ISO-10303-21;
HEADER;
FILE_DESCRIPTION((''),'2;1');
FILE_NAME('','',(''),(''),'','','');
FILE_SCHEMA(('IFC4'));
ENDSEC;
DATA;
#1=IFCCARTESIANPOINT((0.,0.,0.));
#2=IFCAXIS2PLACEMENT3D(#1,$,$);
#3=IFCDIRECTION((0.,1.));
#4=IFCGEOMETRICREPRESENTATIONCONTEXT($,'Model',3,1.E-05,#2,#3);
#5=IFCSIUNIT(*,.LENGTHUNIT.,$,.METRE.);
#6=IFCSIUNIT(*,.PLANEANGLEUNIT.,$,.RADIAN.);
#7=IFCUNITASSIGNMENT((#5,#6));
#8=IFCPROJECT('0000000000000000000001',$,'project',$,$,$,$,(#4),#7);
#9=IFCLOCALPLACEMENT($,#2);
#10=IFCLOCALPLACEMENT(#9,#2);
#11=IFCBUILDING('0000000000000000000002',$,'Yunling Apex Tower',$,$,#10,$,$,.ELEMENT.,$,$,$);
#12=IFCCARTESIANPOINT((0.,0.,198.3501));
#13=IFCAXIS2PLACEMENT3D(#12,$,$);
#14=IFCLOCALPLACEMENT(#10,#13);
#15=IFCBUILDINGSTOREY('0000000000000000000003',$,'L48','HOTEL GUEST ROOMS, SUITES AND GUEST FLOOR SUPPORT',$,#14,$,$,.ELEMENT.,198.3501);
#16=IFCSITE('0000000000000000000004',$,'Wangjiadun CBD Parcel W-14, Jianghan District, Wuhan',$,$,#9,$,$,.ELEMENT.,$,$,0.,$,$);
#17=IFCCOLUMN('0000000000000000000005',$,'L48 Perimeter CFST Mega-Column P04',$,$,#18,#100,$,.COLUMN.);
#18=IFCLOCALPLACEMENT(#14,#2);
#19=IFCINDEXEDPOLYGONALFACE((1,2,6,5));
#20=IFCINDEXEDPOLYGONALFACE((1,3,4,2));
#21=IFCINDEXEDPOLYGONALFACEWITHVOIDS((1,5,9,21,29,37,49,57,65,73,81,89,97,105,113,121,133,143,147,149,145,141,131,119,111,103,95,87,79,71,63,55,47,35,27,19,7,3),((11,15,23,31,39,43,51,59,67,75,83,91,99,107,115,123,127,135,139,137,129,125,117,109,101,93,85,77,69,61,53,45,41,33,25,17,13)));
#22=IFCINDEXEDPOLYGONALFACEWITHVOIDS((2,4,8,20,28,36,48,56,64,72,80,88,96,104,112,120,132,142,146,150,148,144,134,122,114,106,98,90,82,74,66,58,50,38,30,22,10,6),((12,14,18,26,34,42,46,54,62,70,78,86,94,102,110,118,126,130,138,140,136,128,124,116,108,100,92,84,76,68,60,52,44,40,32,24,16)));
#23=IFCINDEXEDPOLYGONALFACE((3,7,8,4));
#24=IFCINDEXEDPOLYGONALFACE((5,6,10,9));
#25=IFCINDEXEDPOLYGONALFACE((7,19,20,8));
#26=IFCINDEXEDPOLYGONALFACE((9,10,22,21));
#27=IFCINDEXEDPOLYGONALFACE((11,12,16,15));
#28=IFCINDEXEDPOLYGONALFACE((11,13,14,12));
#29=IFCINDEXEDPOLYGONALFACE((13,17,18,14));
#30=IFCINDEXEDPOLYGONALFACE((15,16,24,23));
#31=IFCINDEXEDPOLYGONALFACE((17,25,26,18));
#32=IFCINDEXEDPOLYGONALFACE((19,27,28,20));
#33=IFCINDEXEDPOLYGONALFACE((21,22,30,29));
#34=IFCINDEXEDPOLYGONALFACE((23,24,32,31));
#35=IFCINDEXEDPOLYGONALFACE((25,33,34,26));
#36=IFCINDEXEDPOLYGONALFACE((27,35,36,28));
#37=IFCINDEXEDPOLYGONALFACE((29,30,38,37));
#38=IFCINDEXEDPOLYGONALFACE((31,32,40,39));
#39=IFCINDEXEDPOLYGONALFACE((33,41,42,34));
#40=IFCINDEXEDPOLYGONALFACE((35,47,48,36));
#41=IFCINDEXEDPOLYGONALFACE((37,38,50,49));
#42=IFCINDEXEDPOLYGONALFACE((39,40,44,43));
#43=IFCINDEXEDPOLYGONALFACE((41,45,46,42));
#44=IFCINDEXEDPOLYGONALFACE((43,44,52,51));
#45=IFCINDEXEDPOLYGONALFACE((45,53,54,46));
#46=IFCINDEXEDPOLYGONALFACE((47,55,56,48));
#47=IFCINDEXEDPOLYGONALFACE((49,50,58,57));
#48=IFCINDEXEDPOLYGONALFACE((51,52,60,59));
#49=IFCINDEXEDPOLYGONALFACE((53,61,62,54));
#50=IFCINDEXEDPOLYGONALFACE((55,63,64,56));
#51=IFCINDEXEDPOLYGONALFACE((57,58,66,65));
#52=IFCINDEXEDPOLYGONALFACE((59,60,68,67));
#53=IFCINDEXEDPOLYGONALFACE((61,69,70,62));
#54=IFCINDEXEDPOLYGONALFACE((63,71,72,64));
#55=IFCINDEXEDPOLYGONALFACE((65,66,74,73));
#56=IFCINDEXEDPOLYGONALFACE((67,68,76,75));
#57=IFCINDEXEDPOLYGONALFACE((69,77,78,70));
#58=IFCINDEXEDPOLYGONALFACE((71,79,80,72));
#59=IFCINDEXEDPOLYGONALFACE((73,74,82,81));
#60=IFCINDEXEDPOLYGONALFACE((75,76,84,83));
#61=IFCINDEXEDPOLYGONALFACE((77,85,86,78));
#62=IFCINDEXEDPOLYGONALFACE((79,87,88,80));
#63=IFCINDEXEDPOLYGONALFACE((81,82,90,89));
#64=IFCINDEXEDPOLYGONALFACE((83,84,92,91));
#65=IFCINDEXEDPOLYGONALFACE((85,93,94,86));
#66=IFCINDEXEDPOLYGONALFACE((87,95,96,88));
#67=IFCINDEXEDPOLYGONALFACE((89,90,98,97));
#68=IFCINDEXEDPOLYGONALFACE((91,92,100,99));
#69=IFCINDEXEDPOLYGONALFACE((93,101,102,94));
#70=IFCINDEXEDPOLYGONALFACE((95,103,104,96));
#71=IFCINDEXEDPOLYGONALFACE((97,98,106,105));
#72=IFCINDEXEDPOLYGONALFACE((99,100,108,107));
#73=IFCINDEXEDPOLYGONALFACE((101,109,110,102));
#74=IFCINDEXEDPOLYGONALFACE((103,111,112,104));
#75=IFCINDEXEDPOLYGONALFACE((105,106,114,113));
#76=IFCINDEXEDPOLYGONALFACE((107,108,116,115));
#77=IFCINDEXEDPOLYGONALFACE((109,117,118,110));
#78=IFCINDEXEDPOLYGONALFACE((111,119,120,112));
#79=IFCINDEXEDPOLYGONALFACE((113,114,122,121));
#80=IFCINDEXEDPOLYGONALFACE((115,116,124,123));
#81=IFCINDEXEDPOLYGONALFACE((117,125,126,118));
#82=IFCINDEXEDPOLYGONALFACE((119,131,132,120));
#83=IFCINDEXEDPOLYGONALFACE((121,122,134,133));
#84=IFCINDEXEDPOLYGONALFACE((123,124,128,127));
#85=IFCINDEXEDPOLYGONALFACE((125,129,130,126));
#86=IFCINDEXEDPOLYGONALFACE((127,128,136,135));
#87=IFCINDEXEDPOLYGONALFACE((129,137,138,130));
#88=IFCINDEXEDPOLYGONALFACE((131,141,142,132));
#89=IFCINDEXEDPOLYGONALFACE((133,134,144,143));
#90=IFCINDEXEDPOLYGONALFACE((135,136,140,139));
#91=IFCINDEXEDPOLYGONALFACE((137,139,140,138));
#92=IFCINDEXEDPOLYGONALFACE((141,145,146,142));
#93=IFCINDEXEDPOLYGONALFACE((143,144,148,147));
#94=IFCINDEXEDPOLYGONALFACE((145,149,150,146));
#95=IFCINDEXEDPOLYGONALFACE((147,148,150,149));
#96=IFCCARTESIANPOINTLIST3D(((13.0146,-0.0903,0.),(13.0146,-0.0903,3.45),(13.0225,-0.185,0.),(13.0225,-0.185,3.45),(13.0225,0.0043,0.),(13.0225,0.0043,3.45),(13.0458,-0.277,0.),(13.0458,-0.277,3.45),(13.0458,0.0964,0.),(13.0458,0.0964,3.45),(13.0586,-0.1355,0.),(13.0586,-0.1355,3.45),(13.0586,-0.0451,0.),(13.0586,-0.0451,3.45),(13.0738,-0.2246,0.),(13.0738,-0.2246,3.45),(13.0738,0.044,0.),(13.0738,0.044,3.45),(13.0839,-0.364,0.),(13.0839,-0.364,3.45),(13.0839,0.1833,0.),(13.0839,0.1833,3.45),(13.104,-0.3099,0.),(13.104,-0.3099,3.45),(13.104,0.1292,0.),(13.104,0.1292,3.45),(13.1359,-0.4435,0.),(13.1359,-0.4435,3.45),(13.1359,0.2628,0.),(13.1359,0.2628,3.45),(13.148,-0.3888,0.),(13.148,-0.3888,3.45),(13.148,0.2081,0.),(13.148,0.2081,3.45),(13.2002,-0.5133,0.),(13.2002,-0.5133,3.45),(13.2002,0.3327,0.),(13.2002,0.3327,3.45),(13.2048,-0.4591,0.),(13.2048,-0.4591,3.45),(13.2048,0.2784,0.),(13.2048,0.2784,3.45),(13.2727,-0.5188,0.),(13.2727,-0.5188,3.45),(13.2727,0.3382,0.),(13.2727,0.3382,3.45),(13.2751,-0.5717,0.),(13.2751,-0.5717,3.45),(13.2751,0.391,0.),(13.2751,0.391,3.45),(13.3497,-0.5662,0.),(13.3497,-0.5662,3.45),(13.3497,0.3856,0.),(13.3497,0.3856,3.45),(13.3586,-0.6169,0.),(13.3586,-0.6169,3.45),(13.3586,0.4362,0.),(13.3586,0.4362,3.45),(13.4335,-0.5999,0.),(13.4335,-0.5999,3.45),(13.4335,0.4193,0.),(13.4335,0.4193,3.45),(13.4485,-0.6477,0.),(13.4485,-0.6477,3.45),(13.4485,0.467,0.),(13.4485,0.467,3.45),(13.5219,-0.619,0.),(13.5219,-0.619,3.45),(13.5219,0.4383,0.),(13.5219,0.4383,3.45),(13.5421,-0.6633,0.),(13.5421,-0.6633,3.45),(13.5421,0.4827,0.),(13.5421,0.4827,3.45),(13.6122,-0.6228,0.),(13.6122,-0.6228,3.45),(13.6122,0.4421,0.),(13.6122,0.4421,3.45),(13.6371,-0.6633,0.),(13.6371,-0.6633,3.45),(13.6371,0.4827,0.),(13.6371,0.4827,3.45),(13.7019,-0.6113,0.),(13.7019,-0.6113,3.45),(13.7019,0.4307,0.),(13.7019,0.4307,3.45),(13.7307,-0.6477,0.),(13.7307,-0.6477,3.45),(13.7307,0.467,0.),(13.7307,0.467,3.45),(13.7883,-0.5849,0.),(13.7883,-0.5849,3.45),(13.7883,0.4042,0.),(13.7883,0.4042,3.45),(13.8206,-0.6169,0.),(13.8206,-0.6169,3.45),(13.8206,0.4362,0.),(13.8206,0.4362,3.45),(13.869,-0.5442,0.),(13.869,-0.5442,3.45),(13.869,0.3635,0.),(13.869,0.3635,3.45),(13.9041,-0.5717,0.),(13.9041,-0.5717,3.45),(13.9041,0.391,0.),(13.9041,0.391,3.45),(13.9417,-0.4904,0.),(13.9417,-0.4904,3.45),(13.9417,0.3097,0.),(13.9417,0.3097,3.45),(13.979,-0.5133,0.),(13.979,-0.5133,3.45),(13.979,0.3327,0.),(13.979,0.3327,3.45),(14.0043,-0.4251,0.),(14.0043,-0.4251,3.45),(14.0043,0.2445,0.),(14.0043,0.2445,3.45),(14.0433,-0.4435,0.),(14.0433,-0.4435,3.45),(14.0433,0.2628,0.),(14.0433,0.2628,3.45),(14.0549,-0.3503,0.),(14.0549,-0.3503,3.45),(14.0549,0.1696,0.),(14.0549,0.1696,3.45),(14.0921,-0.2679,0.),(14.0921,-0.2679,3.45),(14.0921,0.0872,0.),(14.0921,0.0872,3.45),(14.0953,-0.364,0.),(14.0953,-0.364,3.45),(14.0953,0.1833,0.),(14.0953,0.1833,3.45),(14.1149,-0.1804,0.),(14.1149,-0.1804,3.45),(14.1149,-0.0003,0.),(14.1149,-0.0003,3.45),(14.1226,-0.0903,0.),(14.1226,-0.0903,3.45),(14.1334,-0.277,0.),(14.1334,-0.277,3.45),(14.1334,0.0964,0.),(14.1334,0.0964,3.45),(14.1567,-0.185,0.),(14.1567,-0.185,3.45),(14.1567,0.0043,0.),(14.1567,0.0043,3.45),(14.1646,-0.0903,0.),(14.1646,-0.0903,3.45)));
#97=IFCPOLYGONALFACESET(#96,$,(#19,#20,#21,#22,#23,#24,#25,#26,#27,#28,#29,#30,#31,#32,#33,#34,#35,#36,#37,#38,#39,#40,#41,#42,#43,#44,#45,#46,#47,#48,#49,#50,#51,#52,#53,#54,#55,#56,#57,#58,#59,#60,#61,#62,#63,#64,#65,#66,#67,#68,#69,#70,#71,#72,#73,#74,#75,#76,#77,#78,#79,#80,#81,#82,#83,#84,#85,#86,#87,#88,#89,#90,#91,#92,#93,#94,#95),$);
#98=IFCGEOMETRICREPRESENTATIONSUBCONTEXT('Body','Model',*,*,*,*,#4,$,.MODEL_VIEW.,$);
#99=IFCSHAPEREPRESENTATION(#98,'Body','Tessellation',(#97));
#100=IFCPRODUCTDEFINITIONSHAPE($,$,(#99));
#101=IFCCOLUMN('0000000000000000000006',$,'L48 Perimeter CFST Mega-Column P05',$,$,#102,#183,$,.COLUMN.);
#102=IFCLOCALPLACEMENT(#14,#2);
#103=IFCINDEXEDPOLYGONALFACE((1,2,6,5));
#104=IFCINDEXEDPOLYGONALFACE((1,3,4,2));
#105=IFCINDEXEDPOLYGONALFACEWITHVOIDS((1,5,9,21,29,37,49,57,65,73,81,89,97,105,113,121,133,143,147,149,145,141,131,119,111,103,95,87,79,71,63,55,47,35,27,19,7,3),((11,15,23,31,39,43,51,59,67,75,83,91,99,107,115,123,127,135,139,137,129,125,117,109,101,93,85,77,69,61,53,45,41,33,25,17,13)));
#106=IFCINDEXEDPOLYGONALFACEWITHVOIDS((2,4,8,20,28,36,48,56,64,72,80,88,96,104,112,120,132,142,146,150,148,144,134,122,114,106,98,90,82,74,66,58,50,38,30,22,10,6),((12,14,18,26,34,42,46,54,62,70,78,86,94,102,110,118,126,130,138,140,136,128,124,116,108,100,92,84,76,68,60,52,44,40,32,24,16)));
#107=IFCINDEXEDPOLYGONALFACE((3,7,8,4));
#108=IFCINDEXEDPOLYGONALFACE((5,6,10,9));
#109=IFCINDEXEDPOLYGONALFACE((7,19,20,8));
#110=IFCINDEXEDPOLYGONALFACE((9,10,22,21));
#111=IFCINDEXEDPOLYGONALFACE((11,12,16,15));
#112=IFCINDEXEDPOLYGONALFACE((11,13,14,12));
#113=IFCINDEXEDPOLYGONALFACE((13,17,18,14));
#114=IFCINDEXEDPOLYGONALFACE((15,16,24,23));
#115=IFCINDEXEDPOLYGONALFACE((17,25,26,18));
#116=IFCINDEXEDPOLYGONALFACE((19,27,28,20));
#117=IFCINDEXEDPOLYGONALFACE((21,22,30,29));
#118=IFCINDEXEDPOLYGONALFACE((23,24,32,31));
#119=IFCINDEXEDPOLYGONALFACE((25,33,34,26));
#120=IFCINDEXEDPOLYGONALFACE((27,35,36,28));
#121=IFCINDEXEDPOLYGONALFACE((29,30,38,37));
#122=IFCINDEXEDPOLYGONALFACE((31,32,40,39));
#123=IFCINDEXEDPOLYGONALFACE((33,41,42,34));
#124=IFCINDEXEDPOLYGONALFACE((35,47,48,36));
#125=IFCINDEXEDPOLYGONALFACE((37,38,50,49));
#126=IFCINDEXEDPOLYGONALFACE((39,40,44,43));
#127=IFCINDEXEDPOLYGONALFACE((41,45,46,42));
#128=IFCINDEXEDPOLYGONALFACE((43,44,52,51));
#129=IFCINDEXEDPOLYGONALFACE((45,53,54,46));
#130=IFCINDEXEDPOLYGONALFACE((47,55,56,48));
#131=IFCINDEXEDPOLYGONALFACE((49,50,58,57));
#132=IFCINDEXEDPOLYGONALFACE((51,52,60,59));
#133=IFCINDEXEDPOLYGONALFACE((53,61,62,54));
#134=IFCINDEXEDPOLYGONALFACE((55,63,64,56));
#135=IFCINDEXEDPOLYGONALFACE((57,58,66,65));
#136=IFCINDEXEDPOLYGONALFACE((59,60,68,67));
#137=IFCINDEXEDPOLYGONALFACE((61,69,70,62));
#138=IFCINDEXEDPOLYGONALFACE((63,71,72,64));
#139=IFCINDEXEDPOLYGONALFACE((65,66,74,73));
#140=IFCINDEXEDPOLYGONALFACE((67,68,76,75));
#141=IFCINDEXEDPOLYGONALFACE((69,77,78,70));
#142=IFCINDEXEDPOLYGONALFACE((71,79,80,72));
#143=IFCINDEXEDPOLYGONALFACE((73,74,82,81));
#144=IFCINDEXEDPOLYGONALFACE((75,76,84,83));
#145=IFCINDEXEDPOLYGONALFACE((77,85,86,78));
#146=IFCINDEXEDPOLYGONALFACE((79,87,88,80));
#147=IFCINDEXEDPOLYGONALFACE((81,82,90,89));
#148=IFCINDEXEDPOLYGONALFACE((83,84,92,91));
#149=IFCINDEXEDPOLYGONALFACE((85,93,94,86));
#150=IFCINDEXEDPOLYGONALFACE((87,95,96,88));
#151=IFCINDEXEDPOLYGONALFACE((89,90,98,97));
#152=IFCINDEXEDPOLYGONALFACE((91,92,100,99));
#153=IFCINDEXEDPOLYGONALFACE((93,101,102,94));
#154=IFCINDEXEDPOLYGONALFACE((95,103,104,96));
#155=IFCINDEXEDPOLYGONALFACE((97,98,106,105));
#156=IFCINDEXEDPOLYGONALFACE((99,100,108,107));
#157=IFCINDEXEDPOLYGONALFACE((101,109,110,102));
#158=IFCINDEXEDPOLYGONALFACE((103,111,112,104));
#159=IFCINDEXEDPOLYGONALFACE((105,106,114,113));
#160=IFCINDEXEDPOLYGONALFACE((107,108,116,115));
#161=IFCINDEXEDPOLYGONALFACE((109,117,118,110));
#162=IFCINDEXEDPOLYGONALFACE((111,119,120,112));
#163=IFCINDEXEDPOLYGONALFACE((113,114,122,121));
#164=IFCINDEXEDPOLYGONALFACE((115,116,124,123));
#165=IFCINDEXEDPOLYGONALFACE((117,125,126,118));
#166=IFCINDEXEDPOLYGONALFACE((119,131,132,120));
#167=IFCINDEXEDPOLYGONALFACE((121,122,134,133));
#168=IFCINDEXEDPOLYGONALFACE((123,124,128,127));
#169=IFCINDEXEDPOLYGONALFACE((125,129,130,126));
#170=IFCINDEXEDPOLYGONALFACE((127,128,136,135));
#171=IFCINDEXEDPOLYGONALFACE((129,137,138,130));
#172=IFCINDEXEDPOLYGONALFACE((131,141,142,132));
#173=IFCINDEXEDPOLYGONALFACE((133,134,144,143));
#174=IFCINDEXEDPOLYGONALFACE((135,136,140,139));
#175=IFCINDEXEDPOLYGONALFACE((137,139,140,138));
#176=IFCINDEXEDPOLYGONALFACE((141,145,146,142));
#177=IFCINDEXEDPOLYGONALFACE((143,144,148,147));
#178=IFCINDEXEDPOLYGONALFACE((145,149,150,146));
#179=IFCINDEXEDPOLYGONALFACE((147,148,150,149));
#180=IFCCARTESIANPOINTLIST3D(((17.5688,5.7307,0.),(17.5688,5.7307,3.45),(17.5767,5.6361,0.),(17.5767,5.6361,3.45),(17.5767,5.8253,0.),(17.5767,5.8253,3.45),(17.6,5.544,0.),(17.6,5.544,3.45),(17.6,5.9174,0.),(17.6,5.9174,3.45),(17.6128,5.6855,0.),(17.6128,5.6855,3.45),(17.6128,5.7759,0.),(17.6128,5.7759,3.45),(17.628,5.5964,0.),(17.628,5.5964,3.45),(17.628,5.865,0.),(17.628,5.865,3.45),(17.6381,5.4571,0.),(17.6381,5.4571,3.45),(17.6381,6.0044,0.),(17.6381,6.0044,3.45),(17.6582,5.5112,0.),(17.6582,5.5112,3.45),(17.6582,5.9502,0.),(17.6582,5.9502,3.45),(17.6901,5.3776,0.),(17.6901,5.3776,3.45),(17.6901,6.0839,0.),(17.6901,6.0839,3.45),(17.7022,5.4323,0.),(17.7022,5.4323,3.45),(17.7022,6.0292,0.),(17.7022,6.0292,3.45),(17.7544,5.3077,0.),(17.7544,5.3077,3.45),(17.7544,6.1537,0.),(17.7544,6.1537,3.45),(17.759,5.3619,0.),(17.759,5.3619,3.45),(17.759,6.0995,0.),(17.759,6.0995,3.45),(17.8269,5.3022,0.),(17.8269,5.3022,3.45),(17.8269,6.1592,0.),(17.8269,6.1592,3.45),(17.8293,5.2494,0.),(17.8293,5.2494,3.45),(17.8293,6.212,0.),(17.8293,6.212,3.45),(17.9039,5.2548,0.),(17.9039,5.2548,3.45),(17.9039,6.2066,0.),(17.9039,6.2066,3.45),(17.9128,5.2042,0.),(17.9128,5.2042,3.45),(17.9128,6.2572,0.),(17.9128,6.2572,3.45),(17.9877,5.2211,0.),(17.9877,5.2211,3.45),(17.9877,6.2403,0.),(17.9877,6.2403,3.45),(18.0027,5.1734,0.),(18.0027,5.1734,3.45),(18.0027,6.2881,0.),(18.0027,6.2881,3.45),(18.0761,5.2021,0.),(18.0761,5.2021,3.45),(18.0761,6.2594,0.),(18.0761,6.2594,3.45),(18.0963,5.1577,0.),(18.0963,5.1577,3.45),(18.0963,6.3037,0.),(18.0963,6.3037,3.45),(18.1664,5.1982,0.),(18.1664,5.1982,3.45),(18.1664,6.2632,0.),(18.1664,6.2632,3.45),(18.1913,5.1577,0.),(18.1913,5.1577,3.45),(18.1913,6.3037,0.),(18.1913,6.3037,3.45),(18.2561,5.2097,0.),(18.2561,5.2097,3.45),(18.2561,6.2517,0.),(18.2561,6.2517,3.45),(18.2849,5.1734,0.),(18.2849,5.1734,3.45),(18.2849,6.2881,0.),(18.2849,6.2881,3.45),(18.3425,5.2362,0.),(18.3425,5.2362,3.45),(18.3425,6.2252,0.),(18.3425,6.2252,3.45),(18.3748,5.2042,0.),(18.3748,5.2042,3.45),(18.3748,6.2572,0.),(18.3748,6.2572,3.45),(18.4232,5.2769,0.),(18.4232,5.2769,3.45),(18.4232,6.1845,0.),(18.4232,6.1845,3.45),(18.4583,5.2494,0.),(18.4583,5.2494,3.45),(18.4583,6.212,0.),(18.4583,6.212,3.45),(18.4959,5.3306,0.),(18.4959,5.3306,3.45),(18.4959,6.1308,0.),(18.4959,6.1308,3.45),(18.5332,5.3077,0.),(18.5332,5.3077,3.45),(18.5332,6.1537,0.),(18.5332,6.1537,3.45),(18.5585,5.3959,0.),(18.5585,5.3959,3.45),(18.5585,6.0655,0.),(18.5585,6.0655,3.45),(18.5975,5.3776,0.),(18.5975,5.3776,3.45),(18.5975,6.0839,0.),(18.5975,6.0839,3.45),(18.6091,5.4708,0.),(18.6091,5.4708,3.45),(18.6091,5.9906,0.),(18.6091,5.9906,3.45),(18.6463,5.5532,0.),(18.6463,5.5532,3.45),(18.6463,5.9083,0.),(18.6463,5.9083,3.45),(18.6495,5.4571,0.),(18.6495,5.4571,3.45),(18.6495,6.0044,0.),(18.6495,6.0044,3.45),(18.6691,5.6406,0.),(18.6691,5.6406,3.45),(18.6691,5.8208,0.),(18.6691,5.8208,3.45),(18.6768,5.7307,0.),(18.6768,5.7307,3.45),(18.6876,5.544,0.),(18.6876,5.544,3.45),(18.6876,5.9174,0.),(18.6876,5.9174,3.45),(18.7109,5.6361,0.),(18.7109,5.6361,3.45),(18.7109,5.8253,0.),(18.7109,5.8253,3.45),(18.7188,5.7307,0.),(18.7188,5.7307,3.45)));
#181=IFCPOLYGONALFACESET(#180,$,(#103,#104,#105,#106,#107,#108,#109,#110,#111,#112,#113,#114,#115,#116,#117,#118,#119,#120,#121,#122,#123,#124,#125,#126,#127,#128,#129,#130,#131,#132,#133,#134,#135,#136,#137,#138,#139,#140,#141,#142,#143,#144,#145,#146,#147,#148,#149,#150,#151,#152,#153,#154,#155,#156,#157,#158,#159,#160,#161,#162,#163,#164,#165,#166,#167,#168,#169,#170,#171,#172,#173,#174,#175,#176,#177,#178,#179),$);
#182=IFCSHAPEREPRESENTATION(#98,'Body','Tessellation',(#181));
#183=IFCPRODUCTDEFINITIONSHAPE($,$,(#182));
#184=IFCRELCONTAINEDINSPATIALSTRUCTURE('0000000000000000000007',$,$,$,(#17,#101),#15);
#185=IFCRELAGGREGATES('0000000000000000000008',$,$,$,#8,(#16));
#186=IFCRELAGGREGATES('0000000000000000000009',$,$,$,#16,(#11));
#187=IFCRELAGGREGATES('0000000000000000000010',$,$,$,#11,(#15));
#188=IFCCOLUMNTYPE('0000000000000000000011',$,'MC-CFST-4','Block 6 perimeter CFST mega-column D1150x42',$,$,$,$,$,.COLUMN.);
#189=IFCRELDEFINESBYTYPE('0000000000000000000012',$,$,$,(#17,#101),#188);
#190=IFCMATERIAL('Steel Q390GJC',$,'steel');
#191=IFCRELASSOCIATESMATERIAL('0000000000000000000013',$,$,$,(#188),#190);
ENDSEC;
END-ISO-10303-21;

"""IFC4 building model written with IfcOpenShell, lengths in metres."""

from ifc_helpers import new_model, si_unit, direction, frame, origin, origin_2d, place, context, subcontext, project, spatial, hollow_circle, extrude, source, transform, mapped, material, material_profile, profile_set, type_object, element, save


model = new_model("IFC4")

# Units and contexts
model_context = context("Model", 3, precision=1e-05, world=origin(), true_north=direction((0.0, 1.0)))
body_context = subcontext(model_context, "Body", "Model", "MODEL_VIEW")
ifc_project = project(units=[si_unit("LENGTHUNIT", "METRE"), si_unit("PLANEANGLEUNIT", "RADIAN")], contexts=[model_context])

# Site, building, storey
site_placement = place(None, origin())
site = spatial("IfcSite", under=ifc_project, at=site_placement, Name="Wangjiadun CBD Parcel W-14, Jianghan District, Wuhan", CompositionType="ELEMENT", RefElevation=0.0)
building_placement = place(site_placement, origin())
building = spatial("IfcBuilding", under=site, at=building_placement, Name="Yunling Apex Tower", CompositionType="ELEMENT")
storey_placement = place(building_placement, frame((0.0, 0.0, 198.3501)))
storey = spatial("IfcBuildingStorey", under=building, at=storey_placement, Name="L48", Description="HOTEL GUEST ROOMS, SUITES AND GUEST FLOOR SUPPORT", CompositionType="ELEMENT", Elevation=198.3501)

# Columns
ifc_material_1 = material(Name="Steel Q390GJC", Category="steel")
ifc_material_profile_1 = material_profile(ifc_material_1, hollow_circle(Radius=0.575, WallThickness=0.042, at=origin_2d()))
ifc_profile_set_1 = profile_set([ifc_material_profile_1], Name="Steel Q390GJC")
column_type = type_object("IfcColumnType", Name="MC-CFST-4", Description="Block 6 perimeter CFST mega-column D1150x42", PredefinedType="COLUMN", material=ifc_profile_set_1)
shared_shape_1 = source(origin(), body_context, "Body", "SweptSolid", [
    extrude(hollow_circle(Radius=0.575, WallThickness=0.042, at=origin_2d()), origin(), (0.0, 0.0, 1.0), 3.45),
])
for number, where, z_axis, x_axis, name in (
    (1, (13.5896, -0.0903, 0.0), (0.0, 0.0, 1.0), (1.0, 0.0, 0.0), "L48 Perimeter CFST Mega-Column P04"),
    (2, (18.1438, 5.7307, 0.0), (0.0, 0.0, 1.0), (1.0, 0.0, 0.0), "L48 Perimeter CFST Mega-Column P05"),
):
    element("IfcColumn", number, at=place(storey_placement, frame(where, z_axis=z_axis, x_axis=x_axis)), inside=storey, type_object=column_type, Name=name, PredefinedType="COLUMN", context=body_context, shape_type="MappedRepresentation", body=[
        mapped(shared_shape_1, transform((0.0, 0.0, 0.0), scale=1.0)),
    ])

save(model, "model.ifc")
